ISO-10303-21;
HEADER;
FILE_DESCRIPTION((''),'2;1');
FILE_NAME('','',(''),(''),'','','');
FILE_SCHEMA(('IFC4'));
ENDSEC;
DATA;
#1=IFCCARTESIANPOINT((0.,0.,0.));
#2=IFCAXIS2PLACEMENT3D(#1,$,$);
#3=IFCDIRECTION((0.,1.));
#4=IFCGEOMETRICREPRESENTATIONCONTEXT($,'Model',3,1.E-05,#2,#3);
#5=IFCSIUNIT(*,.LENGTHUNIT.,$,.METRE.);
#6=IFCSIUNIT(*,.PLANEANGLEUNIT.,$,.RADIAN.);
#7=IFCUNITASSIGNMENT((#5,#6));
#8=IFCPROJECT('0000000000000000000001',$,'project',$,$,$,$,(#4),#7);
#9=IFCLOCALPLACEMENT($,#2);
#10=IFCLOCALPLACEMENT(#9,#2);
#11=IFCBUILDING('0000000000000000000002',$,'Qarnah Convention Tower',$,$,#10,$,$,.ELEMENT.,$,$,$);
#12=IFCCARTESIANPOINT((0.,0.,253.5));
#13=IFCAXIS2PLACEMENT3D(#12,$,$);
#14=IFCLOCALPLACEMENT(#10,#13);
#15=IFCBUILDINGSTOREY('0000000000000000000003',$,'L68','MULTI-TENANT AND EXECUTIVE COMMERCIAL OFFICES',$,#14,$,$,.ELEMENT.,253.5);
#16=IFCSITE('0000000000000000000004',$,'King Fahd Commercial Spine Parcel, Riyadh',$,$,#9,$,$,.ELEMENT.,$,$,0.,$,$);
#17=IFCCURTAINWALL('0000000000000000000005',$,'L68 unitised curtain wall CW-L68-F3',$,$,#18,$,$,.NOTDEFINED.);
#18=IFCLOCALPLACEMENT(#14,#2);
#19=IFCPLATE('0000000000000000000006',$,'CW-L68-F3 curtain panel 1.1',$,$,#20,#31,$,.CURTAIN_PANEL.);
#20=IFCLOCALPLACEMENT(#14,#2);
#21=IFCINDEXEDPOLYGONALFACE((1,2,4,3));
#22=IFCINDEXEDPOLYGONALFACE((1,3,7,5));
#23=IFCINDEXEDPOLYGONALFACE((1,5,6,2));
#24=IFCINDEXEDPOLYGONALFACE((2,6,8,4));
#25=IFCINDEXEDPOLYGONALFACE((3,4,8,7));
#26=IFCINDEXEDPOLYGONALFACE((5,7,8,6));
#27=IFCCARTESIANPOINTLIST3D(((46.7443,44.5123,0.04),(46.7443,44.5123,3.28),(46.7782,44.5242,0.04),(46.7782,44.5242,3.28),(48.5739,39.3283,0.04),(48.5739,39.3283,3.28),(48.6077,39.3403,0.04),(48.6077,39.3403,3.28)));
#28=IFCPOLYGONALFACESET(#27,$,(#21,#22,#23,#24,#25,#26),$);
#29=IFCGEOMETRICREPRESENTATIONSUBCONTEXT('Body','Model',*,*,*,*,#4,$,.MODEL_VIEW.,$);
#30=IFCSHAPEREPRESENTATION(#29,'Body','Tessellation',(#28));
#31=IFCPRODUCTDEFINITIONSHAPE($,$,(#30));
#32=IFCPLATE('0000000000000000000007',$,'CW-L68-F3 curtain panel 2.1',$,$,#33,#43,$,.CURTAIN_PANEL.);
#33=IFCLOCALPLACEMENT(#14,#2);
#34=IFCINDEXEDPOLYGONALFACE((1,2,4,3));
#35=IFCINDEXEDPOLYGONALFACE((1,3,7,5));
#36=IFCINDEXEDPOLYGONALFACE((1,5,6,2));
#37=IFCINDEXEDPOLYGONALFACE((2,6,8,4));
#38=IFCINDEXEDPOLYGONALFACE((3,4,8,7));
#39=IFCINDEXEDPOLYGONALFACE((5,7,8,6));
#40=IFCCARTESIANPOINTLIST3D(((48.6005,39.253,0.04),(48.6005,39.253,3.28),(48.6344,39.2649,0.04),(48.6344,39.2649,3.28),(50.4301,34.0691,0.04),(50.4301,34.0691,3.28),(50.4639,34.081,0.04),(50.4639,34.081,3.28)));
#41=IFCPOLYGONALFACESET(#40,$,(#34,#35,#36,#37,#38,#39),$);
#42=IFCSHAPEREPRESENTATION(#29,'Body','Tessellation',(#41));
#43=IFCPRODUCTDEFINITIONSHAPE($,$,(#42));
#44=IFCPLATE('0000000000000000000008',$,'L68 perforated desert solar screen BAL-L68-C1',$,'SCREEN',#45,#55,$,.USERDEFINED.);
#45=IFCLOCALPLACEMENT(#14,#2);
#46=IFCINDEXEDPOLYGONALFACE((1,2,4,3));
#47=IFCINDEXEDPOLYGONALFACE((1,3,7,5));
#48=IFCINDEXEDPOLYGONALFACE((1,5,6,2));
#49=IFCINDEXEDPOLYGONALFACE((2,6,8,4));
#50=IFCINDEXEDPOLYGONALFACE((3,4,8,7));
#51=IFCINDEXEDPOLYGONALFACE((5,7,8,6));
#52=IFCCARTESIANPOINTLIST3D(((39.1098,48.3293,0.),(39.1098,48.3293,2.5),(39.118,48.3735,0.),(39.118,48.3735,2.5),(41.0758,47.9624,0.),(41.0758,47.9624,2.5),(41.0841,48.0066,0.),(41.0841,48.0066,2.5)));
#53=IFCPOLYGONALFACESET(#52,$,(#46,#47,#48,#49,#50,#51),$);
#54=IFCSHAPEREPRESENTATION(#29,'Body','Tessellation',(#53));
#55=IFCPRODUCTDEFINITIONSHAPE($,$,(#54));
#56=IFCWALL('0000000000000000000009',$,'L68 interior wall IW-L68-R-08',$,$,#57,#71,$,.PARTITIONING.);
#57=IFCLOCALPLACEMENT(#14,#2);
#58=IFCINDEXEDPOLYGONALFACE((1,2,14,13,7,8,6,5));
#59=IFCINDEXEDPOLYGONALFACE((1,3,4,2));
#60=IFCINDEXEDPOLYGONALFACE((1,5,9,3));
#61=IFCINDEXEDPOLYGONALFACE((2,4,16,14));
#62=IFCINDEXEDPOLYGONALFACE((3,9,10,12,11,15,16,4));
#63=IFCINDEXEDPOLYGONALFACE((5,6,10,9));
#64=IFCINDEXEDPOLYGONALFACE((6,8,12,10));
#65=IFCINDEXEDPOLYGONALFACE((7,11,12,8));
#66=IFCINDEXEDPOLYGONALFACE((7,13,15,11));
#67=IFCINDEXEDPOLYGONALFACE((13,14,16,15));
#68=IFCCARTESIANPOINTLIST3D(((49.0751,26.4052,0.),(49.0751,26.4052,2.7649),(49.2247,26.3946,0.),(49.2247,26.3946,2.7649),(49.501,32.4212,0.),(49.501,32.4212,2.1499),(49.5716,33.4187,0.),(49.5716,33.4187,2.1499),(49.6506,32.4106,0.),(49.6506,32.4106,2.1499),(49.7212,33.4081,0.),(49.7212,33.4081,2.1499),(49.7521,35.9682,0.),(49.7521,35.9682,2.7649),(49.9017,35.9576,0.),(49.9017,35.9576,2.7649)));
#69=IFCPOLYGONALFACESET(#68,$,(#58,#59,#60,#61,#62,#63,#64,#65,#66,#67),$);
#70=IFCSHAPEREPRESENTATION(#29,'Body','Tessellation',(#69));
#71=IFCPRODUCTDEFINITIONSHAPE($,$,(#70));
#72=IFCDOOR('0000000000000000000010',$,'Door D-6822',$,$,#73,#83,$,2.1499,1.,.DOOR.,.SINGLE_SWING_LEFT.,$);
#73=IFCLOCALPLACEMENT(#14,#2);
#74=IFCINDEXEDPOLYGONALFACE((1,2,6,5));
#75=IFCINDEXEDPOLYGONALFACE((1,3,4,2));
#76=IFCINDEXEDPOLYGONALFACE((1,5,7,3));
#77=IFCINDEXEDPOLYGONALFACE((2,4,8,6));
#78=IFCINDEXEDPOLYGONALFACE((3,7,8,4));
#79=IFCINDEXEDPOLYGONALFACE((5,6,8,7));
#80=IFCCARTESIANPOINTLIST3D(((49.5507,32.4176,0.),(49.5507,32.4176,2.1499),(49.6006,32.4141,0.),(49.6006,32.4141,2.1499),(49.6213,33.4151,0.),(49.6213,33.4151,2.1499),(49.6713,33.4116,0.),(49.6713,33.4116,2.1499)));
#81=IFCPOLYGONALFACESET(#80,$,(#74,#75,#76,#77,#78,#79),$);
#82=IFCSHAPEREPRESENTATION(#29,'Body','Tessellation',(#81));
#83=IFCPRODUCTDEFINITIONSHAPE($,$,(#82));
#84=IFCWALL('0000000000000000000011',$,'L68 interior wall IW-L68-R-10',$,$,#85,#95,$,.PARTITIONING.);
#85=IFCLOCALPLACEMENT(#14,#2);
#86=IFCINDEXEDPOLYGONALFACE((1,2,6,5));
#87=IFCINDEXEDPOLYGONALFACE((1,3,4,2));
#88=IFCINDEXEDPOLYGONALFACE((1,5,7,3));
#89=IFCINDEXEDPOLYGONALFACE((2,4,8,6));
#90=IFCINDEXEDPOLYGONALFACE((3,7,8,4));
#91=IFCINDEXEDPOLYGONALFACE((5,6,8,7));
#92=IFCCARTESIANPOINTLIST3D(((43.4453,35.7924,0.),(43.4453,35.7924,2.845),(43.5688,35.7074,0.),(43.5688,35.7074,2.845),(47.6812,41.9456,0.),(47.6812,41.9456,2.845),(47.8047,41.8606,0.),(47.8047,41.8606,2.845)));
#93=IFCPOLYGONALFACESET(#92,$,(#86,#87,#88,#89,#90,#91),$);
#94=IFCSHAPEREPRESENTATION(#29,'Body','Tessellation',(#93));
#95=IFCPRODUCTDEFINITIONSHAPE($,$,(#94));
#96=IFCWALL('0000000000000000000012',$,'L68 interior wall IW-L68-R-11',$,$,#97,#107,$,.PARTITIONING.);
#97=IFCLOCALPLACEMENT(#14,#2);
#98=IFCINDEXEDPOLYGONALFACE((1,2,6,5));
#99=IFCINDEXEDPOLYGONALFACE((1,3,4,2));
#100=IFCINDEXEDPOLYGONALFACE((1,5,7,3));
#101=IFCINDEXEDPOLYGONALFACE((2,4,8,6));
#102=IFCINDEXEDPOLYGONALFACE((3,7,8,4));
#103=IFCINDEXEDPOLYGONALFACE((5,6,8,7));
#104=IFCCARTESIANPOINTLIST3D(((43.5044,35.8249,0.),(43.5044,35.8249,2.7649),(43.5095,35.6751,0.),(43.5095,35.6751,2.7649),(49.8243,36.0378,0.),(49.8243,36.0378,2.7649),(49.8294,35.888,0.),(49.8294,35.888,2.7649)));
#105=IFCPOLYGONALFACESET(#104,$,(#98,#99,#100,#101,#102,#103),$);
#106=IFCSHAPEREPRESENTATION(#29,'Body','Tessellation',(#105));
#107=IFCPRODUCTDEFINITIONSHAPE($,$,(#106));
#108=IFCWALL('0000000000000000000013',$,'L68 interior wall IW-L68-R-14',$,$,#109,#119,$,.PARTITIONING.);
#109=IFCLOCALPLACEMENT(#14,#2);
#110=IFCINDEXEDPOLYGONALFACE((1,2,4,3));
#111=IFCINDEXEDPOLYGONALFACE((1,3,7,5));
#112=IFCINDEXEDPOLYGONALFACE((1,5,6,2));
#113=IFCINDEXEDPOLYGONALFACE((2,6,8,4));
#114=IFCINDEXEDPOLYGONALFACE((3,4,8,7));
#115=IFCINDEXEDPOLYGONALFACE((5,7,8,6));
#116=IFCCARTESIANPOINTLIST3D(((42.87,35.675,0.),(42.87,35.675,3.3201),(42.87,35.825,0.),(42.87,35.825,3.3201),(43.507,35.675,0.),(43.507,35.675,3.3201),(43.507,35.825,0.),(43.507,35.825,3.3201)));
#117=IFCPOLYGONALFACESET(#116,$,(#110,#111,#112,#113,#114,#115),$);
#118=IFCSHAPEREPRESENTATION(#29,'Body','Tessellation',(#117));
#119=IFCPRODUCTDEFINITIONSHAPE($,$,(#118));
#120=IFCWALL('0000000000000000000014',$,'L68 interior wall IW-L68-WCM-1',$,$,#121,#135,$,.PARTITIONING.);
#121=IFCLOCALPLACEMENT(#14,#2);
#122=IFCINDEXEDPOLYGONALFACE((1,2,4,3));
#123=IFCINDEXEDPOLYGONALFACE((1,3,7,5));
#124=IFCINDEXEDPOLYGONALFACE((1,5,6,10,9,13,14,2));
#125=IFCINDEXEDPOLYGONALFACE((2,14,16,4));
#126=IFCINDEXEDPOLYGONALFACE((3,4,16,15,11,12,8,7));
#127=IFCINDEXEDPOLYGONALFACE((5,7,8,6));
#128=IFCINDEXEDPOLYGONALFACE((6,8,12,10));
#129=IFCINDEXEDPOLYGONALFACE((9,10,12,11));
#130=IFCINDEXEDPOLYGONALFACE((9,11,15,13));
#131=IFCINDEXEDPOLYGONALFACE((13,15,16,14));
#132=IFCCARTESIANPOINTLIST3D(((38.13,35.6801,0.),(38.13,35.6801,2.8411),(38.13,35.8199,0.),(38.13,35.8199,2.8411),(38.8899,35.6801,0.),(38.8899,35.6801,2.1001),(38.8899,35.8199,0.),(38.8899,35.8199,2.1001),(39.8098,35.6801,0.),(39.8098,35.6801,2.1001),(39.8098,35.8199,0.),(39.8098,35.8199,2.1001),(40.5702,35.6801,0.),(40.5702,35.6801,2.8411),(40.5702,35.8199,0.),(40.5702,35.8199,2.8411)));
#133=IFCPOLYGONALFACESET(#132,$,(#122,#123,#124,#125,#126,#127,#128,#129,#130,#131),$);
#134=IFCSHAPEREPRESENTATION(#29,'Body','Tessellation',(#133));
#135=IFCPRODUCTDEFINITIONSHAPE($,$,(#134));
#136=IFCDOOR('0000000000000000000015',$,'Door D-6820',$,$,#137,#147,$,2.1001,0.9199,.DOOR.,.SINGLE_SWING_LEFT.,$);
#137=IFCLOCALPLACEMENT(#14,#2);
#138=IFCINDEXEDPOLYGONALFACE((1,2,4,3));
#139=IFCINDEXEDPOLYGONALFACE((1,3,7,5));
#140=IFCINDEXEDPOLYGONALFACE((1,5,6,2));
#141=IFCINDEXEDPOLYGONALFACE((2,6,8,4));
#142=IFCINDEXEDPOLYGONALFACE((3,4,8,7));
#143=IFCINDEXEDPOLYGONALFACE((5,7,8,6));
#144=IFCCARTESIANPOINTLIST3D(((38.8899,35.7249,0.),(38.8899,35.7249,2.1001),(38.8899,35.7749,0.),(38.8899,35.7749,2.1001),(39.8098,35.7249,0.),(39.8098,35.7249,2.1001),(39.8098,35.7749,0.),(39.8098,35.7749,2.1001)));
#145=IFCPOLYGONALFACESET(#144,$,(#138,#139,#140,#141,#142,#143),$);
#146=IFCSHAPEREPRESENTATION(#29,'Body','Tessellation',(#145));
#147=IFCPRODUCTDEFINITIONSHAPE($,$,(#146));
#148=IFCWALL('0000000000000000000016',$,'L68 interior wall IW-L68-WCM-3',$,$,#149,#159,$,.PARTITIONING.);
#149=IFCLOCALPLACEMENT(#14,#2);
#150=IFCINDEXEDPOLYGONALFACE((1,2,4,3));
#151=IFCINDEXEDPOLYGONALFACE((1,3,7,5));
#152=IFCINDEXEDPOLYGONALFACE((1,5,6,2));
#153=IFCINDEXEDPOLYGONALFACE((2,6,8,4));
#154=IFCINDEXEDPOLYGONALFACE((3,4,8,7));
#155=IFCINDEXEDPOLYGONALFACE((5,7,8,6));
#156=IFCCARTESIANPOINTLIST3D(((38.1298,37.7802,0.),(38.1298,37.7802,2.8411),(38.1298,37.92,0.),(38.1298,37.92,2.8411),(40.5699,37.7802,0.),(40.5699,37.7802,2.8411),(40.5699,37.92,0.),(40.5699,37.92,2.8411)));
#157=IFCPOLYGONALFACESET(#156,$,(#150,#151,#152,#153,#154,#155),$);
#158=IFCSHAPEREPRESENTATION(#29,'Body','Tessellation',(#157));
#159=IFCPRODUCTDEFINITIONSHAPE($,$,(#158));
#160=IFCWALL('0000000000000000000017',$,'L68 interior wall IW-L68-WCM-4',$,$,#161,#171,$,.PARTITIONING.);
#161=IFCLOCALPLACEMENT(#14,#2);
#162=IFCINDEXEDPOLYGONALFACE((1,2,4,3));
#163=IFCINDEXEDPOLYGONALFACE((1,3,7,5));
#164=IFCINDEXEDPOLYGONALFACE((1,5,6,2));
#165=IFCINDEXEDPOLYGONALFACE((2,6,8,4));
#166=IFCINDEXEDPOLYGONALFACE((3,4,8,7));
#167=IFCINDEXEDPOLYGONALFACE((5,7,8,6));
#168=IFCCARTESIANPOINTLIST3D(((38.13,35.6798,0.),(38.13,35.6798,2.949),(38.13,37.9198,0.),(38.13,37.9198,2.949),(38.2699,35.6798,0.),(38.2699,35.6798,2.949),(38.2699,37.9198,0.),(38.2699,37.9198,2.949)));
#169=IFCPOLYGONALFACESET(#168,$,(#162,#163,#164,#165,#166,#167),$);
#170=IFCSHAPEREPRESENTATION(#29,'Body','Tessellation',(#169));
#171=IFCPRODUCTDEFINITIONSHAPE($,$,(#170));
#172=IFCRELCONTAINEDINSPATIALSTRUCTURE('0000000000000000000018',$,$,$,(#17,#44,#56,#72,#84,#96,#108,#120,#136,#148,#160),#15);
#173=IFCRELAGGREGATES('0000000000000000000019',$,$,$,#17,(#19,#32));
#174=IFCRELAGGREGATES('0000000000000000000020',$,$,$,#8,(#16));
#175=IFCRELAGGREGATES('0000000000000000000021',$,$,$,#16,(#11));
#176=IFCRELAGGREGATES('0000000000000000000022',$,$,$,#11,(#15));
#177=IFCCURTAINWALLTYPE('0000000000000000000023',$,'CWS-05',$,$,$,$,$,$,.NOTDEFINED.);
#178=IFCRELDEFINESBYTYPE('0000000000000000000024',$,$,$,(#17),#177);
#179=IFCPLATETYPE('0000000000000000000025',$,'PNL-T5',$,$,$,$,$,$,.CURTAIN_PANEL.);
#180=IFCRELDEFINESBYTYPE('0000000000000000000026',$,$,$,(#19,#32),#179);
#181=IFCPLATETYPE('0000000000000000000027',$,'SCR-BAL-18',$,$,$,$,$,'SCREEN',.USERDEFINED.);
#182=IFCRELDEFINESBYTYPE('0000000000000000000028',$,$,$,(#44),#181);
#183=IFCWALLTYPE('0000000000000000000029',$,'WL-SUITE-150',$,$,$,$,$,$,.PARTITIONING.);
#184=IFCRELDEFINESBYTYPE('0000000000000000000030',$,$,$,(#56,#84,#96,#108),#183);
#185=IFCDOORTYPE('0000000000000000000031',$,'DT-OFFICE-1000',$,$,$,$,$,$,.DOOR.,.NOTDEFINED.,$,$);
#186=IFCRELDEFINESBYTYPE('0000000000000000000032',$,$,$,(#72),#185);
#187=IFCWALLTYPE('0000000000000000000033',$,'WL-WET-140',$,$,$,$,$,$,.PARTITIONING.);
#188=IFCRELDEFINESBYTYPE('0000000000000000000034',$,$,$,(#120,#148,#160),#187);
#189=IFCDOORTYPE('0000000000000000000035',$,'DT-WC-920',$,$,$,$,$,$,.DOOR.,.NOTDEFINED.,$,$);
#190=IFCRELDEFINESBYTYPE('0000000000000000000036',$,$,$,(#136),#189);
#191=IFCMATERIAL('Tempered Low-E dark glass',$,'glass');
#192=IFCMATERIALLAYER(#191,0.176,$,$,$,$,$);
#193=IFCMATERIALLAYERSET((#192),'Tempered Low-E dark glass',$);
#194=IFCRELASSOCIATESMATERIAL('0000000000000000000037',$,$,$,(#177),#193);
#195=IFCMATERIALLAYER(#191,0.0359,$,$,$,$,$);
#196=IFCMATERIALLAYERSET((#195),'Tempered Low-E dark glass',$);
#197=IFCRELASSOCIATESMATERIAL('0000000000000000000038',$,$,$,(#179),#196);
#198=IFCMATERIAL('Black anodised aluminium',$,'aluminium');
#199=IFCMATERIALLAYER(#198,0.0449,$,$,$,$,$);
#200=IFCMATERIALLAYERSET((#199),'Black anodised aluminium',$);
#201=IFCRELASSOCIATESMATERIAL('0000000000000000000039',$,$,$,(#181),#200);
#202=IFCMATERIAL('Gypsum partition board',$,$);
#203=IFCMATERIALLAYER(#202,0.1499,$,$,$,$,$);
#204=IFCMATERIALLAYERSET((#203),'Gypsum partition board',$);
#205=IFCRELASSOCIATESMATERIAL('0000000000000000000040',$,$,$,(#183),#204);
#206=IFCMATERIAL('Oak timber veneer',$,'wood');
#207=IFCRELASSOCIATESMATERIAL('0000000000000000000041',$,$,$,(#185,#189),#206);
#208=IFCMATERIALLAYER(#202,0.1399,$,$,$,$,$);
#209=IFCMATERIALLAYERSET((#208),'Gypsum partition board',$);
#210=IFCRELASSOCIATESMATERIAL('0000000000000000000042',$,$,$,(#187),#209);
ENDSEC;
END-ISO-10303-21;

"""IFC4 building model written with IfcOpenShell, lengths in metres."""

from ifc_helpers import new_model, si_unit, direction, frame, frame_2d, origin, origin_2d, place, context, subcontext, project, spatial, rectangle, extrude, material, layer, layer_set, type_object, element, fill, aggregate, save


model = new_model("IFC4")

# Units and contexts
model_context = context("Model", 3, precision=1e-05, world=origin(), true_north=direction((0.0, 1.0)))
body_context = subcontext(model_context, "Body", "Model", "MODEL_VIEW")
ifc_project = project(units=[si_unit("LENGTHUNIT", "METRE"), si_unit("PLANEANGLEUNIT", "RADIAN")], contexts=[model_context])

# Site, building, storey
site_placement = place(None, origin())
site = spatial("IfcSite", under=ifc_project, at=site_placement, Name="King Fahd Commercial Spine Parcel, Riyadh", CompositionType="ELEMENT", RefElevation=0.0)
building_placement = place(site_placement, origin())
building = spatial("IfcBuilding", under=site, at=building_placement, Name="Qarnah Convention Tower", CompositionType="ELEMENT")
storey_placement = place(building_placement, frame((0.0, 0.0, 253.5)))
storey = spatial("IfcBuildingStorey", under=building, at=storey_placement, Name="L68", Description="MULTI-TENANT AND EXECUTIVE COMMERCIAL OFFICES", CompositionType="ELEMENT", Elevation=253.5)

# Curtain wall, plates
ifc_material_1 = material(Name="Tempered Low-E dark glass", Category="glass")
ifc_layer_1 = layer(ifc_material_1, 0.176)
ifc_layer_set_1 = layer_set([ifc_layer_1], Name="Tempered Low-E dark glass")
curtain_wall_type = type_object("IfcCurtainWallType", Name="CWS-05", PredefinedType="NOTDEFINED", material=ifc_layer_set_1)
curtain_wall_placement = place(storey_placement, origin())
curtain_wall = element("IfcCurtainWall", 1, at=curtain_wall_placement, inside=storey, type_object=curtain_wall_type, Name="L68 unitised curtain wall CW-L68-F3", PredefinedType="NOTDEFINED")
ifc_material_2 = material(Name="Black anodised aluminium", Category="aluminium")
ifc_layer_2 = layer(ifc_material_1, 0.0359)
ifc_layer_set_2 = layer_set([ifc_layer_2], Name="Tempered Low-E dark glass")
plate_type_1 = type_object("IfcPlateType", Name="PNL-T5", PredefinedType="CURTAIN_PANEL", material=ifc_layer_set_2)
plate_1_placement = place(storey_placement, frame((47.676, 41.9263, 0.04), z_axis=(0.0, 0.0, 1.0), x_axis=(0.332811, -0.942994, 0.0)))
plate_1 = element("IfcPlate", 2, at=plate_1_placement, type_object=plate_type_1, Name="CW-L68-F3 curtain panel 1.1", PredefinedType="CURTAIN_PANEL", context=body_context, shape_type="SweptSolid", body=[
    extrude(rectangle(XDim=5.4973, YDim=0.0359, at=origin_2d()), origin(), (0.0, 0.0, 1.0), 3.24),
])
plate_2_placement = place(storey_placement, frame((49.5322, 36.667, 0.04), z_axis=(0.0, 0.0, 1.0), x_axis=(0.332811, -0.942994, 0.0)))
plate_2 = element("IfcPlate", 3, at=plate_2_placement, type_object=plate_type_1, Name="CW-L68-F3 curtain panel 2.1", PredefinedType="CURTAIN_PANEL", context=body_context, shape_type="SweptSolid", body=[
    extrude(rectangle(XDim=5.4973, YDim=0.0359, at=origin_2d()), origin(), (0.0, 0.0, 1.0), 3.24),
])
aggregate(curtain_wall, [plate_1, plate_2])

# Plate
ifc_layer_3 = layer(ifc_material_2, 0.0449)
ifc_layer_set_3 = layer_set([ifc_layer_3], Name="Black anodised aluminium")
plate_type_2 = type_object("IfcPlateType", Name="SCR-BAL-18", ElementType="SCREEN", PredefinedType="USERDEFINED", material=ifc_layer_set_3)
plate_3_placement = place(storey_placement, frame((40.0969, 48.168, 0.0), z_axis=(0.0, 0.0, 1.0), x_axis=(0.983027, -0.183459, 0.0)))
element("IfcPlate", 4, at=plate_3_placement, inside=storey, type_object=plate_type_2, Name="L68 perforated desert solar screen BAL-L68-C1", ObjectType="SCREEN", PredefinedType="USERDEFINED", context=body_context, shape_type="SweptSolid", body=[
    extrude(rectangle(XDim=2.0, YDim=0.0449, at=origin_2d()), origin(), (0.0, 0.0, 1.0), 2.5),
])

# Wall, opening, door
ifc_material_3 = material(Name="Gypsum partition board")
ifc_layer_4 = layer(ifc_material_3, 0.1499)
ifc_layer_set_4 = layer_set([ifc_layer_4], Name="Gypsum partition board")
wall_type_1 = type_object("IfcWallType", Name="WL-SUITE-150", PredefinedType="PARTITIONING", material=ifc_layer_set_4)
wall_1_placement = place(storey_placement, frame((49.8269, 35.9629, 0.0), z_axis=(0.0, 0.0, 1.0), x_axis=(-0.070617, -0.997503, 0.0)))
wall_1 = element("IfcWall", 5, at=wall_1_placement, inside=storey, type_object=wall_type_1, Name="L68 interior wall IW-L68-R-08", PredefinedType="PARTITIONING", context=body_context, shape_type="SweptSolid", body=[
    extrude(rectangle(XDim=9.5869, YDim=0.1499, at=frame_2d((4.7935, 0.0))), origin(), (0.0, 0.0, 1.0), 2.7649),
])
opening_1_placement = place(wall_1_placement, frame((2.5559, 0.0, 0.0)))
opening_1 = element("IfcOpeningElement", 6, at=opening_1_placement, cuts=wall_1, PredefinedType="OPENING", context=body_context, shape_type="SweptSolid", body=[
    extrude(rectangle(XDim=1.0, YDim=2.1499, at=frame_2d((0.5, 1.075))), frame((0.0, 0.085, 0.0), z_axis=(0.0, -1.0, 0.0), x_axis=(1.0, 0.0, 0.0)), (0.0, 0.0, 1.0), 0.1699),
])
ifc_material_4 = material(Name="Oak timber veneer", Category="wood")
door_type_1 = type_object("IfcDoorType", Name="DT-OFFICE-1000", OperationType="NOTDEFINED", PredefinedType="DOOR", material=ifc_material_4)
door_1_placement = place(opening_1_placement, origin())
door_1 = element("IfcDoor", 7, at=door_1_placement, inside=storey, type_object=door_type_1, Name="Door D-6822", OperationType="SINGLE_SWING_LEFT", OverallHeight=2.1499, OverallWidth=1.0, PredefinedType="DOOR", context=body_context, shape_type="SweptSolid", body=[
    extrude(rectangle(XDim=1.0, YDim=2.1499, at=frame_2d((0.5, 1.075))), frame((0.0, 0.0249, 0.0), z_axis=(0.0, -1.0, 0.0), x_axis=(1.0, 0.0, 0.0)), (0.0, 0.0, 1.0), 0.05),
])
fill(opening_1, door_1)

# Walls
wall_2_placement = place(storey_placement, frame((47.7429, 41.9031, 0.0), z_axis=(0.0, 0.0, 1.0), x_axis=(-0.567038, -0.823692, 0.0)))
element("IfcWall", 8, at=wall_2_placement, inside=storey, type_object=wall_type_1, Name="L68 interior wall IW-L68-R-10", PredefinedType="PARTITIONING", context=body_context, shape_type="SweptSolid", body=[
    extrude(rectangle(XDim=7.4702, YDim=0.1499, at=frame_2d((3.7351, 0.0))), origin(), (0.0, 0.0, 1.0), 2.845),
])
wall_3_placement = place(storey_placement, frame((43.5071, 35.75, 0.0), z_axis=(0.0, 0.0, 1.0), x_axis=(0.999433, 0.033667, 0.0)))
element("IfcWall", 9, at=wall_3_placement, inside=storey, type_object=wall_type_1, Name="L68 interior wall IW-L68-R-11", PredefinedType="PARTITIONING", context=body_context, shape_type="SweptSolid", body=[
    extrude(rectangle(XDim=6.3235, YDim=0.1499, at=frame_2d((3.1616, 0.0))), origin(), (0.0, 0.0, 1.0), 2.7649),
])
wall_4_placement = place(storey_placement, frame((42.8701, 35.75, 0.0), z_axis=(0.0, 0.0, 1.0), x_axis=(1.0, 0.0, 0.0)))
element("IfcWall", 10, at=wall_4_placement, inside=storey, type_object=wall_type_1, Name="L68 interior wall IW-L68-R-14", PredefinedType="PARTITIONING", context=body_context, shape_type="SweptSolid", body=[
    extrude(rectangle(XDim=0.637, YDim=0.1499, at=frame_2d((0.3184, 0.0))), origin(), (0.0, 0.0, 1.0), 3.3201),
])

# Wall, opening, door
ifc_layer_5 = layer(ifc_material_3, 0.1399)
ifc_layer_set_5 = layer_set([ifc_layer_5], Name="Gypsum partition board")
wall_type_2 = type_object("IfcWallType", Name="WL-WET-140", PredefinedType="PARTITIONING", material=ifc_layer_set_5)
wall_5_placement = place(storey_placement, frame((38.1299, 35.75, 0.0), z_axis=(0.0, 0.0, 1.0), x_axis=(1.0, 0.0, 0.0)))
wall_5 = element("IfcWall", 11, at=wall_5_placement, inside=storey, type_object=wall_type_2, Name="L68 interior wall IW-L68-WCM-1", PredefinedType="PARTITIONING", context=body_context, shape_type="SweptSolid", body=[
    extrude(rectangle(XDim=2.4402, YDim=0.1399, at=frame_2d((1.2202, 0.0))), origin(), (0.0, 0.0, 1.0), 2.8411),
])
opening_2_placement = place(wall_5_placement, frame((0.76, 0.0, 0.0)))
opening_2 = element("IfcOpeningElement", 12, at=opening_2_placement, cuts=wall_5, PredefinedType="OPENING", context=body_context, shape_type="SweptSolid", body=[
    extrude(rectangle(XDim=0.9199, YDim=2.1001, at=frame_2d((0.46, 1.05))), frame((0.0, 0.0798, 0.0), z_axis=(0.0, -1.0, 0.0), x_axis=(1.0, 0.0, 0.0)), (0.0, 0.0, 1.0), 0.1599),
])
door_type_2 = type_object("IfcDoorType", Name="DT-WC-920", OperationType="NOTDEFINED", PredefinedType="DOOR", material=ifc_material_4)
door_2_placement = place(opening_2_placement, origin())
door_2 = element("IfcDoor", 13, at=door_2_placement, inside=storey, type_object=door_type_2, Name="Door D-6820", OperationType="SINGLE_SWING_LEFT", OverallHeight=2.1001, OverallWidth=0.9199, PredefinedType="DOOR", context=body_context, shape_type="SweptSolid", body=[
    extrude(rectangle(XDim=0.9199, YDim=2.1001, at=frame_2d((0.46, 1.05))), frame((0.0, 0.0249, 0.0), z_axis=(0.0, -1.0, 0.0), x_axis=(1.0, 0.0, 0.0)), (0.0, 0.0, 1.0), 0.05),
])
fill(opening_2, door_2)

# Walls
wall_6_placement = place(storey_placement, frame((40.5701, 37.8501, 0.0), z_axis=(0.0, 0.0, 1.0), x_axis=(-1.0, 0.0, 0.0)))
element("IfcWall", 14, at=wall_6_placement, inside=storey, type_object=wall_type_2, Name="L68 interior wall IW-L68-WCM-3", PredefinedType="PARTITIONING", context=body_context, shape_type="SweptSolid", body=[
    extrude(rectangle(XDim=2.4402, YDim=0.1399, at=frame_2d((1.2202, 0.0))), origin(), (0.0, 0.0, 1.0), 2.8411),
])
wall_7_placement = place(storey_placement, frame((38.2, 37.9199, 0.0), z_axis=(0.0, 0.0, 1.0), x_axis=(0.0, -1.0, 0.0)))
element("IfcWall", 15, at=wall_7_placement, inside=storey, type_object=wall_type_2, Name="L68 interior wall IW-L68-WCM-4", PredefinedType="PARTITIONING", context=body_context, shape_type="SweptSolid", body=[
    extrude(rectangle(XDim=2.24, YDim=0.1399, at=frame_2d((1.1201, 0.0))), origin(), (0.0, 0.0, 1.0), 2.949),
])

save(model, "model.ifc")
